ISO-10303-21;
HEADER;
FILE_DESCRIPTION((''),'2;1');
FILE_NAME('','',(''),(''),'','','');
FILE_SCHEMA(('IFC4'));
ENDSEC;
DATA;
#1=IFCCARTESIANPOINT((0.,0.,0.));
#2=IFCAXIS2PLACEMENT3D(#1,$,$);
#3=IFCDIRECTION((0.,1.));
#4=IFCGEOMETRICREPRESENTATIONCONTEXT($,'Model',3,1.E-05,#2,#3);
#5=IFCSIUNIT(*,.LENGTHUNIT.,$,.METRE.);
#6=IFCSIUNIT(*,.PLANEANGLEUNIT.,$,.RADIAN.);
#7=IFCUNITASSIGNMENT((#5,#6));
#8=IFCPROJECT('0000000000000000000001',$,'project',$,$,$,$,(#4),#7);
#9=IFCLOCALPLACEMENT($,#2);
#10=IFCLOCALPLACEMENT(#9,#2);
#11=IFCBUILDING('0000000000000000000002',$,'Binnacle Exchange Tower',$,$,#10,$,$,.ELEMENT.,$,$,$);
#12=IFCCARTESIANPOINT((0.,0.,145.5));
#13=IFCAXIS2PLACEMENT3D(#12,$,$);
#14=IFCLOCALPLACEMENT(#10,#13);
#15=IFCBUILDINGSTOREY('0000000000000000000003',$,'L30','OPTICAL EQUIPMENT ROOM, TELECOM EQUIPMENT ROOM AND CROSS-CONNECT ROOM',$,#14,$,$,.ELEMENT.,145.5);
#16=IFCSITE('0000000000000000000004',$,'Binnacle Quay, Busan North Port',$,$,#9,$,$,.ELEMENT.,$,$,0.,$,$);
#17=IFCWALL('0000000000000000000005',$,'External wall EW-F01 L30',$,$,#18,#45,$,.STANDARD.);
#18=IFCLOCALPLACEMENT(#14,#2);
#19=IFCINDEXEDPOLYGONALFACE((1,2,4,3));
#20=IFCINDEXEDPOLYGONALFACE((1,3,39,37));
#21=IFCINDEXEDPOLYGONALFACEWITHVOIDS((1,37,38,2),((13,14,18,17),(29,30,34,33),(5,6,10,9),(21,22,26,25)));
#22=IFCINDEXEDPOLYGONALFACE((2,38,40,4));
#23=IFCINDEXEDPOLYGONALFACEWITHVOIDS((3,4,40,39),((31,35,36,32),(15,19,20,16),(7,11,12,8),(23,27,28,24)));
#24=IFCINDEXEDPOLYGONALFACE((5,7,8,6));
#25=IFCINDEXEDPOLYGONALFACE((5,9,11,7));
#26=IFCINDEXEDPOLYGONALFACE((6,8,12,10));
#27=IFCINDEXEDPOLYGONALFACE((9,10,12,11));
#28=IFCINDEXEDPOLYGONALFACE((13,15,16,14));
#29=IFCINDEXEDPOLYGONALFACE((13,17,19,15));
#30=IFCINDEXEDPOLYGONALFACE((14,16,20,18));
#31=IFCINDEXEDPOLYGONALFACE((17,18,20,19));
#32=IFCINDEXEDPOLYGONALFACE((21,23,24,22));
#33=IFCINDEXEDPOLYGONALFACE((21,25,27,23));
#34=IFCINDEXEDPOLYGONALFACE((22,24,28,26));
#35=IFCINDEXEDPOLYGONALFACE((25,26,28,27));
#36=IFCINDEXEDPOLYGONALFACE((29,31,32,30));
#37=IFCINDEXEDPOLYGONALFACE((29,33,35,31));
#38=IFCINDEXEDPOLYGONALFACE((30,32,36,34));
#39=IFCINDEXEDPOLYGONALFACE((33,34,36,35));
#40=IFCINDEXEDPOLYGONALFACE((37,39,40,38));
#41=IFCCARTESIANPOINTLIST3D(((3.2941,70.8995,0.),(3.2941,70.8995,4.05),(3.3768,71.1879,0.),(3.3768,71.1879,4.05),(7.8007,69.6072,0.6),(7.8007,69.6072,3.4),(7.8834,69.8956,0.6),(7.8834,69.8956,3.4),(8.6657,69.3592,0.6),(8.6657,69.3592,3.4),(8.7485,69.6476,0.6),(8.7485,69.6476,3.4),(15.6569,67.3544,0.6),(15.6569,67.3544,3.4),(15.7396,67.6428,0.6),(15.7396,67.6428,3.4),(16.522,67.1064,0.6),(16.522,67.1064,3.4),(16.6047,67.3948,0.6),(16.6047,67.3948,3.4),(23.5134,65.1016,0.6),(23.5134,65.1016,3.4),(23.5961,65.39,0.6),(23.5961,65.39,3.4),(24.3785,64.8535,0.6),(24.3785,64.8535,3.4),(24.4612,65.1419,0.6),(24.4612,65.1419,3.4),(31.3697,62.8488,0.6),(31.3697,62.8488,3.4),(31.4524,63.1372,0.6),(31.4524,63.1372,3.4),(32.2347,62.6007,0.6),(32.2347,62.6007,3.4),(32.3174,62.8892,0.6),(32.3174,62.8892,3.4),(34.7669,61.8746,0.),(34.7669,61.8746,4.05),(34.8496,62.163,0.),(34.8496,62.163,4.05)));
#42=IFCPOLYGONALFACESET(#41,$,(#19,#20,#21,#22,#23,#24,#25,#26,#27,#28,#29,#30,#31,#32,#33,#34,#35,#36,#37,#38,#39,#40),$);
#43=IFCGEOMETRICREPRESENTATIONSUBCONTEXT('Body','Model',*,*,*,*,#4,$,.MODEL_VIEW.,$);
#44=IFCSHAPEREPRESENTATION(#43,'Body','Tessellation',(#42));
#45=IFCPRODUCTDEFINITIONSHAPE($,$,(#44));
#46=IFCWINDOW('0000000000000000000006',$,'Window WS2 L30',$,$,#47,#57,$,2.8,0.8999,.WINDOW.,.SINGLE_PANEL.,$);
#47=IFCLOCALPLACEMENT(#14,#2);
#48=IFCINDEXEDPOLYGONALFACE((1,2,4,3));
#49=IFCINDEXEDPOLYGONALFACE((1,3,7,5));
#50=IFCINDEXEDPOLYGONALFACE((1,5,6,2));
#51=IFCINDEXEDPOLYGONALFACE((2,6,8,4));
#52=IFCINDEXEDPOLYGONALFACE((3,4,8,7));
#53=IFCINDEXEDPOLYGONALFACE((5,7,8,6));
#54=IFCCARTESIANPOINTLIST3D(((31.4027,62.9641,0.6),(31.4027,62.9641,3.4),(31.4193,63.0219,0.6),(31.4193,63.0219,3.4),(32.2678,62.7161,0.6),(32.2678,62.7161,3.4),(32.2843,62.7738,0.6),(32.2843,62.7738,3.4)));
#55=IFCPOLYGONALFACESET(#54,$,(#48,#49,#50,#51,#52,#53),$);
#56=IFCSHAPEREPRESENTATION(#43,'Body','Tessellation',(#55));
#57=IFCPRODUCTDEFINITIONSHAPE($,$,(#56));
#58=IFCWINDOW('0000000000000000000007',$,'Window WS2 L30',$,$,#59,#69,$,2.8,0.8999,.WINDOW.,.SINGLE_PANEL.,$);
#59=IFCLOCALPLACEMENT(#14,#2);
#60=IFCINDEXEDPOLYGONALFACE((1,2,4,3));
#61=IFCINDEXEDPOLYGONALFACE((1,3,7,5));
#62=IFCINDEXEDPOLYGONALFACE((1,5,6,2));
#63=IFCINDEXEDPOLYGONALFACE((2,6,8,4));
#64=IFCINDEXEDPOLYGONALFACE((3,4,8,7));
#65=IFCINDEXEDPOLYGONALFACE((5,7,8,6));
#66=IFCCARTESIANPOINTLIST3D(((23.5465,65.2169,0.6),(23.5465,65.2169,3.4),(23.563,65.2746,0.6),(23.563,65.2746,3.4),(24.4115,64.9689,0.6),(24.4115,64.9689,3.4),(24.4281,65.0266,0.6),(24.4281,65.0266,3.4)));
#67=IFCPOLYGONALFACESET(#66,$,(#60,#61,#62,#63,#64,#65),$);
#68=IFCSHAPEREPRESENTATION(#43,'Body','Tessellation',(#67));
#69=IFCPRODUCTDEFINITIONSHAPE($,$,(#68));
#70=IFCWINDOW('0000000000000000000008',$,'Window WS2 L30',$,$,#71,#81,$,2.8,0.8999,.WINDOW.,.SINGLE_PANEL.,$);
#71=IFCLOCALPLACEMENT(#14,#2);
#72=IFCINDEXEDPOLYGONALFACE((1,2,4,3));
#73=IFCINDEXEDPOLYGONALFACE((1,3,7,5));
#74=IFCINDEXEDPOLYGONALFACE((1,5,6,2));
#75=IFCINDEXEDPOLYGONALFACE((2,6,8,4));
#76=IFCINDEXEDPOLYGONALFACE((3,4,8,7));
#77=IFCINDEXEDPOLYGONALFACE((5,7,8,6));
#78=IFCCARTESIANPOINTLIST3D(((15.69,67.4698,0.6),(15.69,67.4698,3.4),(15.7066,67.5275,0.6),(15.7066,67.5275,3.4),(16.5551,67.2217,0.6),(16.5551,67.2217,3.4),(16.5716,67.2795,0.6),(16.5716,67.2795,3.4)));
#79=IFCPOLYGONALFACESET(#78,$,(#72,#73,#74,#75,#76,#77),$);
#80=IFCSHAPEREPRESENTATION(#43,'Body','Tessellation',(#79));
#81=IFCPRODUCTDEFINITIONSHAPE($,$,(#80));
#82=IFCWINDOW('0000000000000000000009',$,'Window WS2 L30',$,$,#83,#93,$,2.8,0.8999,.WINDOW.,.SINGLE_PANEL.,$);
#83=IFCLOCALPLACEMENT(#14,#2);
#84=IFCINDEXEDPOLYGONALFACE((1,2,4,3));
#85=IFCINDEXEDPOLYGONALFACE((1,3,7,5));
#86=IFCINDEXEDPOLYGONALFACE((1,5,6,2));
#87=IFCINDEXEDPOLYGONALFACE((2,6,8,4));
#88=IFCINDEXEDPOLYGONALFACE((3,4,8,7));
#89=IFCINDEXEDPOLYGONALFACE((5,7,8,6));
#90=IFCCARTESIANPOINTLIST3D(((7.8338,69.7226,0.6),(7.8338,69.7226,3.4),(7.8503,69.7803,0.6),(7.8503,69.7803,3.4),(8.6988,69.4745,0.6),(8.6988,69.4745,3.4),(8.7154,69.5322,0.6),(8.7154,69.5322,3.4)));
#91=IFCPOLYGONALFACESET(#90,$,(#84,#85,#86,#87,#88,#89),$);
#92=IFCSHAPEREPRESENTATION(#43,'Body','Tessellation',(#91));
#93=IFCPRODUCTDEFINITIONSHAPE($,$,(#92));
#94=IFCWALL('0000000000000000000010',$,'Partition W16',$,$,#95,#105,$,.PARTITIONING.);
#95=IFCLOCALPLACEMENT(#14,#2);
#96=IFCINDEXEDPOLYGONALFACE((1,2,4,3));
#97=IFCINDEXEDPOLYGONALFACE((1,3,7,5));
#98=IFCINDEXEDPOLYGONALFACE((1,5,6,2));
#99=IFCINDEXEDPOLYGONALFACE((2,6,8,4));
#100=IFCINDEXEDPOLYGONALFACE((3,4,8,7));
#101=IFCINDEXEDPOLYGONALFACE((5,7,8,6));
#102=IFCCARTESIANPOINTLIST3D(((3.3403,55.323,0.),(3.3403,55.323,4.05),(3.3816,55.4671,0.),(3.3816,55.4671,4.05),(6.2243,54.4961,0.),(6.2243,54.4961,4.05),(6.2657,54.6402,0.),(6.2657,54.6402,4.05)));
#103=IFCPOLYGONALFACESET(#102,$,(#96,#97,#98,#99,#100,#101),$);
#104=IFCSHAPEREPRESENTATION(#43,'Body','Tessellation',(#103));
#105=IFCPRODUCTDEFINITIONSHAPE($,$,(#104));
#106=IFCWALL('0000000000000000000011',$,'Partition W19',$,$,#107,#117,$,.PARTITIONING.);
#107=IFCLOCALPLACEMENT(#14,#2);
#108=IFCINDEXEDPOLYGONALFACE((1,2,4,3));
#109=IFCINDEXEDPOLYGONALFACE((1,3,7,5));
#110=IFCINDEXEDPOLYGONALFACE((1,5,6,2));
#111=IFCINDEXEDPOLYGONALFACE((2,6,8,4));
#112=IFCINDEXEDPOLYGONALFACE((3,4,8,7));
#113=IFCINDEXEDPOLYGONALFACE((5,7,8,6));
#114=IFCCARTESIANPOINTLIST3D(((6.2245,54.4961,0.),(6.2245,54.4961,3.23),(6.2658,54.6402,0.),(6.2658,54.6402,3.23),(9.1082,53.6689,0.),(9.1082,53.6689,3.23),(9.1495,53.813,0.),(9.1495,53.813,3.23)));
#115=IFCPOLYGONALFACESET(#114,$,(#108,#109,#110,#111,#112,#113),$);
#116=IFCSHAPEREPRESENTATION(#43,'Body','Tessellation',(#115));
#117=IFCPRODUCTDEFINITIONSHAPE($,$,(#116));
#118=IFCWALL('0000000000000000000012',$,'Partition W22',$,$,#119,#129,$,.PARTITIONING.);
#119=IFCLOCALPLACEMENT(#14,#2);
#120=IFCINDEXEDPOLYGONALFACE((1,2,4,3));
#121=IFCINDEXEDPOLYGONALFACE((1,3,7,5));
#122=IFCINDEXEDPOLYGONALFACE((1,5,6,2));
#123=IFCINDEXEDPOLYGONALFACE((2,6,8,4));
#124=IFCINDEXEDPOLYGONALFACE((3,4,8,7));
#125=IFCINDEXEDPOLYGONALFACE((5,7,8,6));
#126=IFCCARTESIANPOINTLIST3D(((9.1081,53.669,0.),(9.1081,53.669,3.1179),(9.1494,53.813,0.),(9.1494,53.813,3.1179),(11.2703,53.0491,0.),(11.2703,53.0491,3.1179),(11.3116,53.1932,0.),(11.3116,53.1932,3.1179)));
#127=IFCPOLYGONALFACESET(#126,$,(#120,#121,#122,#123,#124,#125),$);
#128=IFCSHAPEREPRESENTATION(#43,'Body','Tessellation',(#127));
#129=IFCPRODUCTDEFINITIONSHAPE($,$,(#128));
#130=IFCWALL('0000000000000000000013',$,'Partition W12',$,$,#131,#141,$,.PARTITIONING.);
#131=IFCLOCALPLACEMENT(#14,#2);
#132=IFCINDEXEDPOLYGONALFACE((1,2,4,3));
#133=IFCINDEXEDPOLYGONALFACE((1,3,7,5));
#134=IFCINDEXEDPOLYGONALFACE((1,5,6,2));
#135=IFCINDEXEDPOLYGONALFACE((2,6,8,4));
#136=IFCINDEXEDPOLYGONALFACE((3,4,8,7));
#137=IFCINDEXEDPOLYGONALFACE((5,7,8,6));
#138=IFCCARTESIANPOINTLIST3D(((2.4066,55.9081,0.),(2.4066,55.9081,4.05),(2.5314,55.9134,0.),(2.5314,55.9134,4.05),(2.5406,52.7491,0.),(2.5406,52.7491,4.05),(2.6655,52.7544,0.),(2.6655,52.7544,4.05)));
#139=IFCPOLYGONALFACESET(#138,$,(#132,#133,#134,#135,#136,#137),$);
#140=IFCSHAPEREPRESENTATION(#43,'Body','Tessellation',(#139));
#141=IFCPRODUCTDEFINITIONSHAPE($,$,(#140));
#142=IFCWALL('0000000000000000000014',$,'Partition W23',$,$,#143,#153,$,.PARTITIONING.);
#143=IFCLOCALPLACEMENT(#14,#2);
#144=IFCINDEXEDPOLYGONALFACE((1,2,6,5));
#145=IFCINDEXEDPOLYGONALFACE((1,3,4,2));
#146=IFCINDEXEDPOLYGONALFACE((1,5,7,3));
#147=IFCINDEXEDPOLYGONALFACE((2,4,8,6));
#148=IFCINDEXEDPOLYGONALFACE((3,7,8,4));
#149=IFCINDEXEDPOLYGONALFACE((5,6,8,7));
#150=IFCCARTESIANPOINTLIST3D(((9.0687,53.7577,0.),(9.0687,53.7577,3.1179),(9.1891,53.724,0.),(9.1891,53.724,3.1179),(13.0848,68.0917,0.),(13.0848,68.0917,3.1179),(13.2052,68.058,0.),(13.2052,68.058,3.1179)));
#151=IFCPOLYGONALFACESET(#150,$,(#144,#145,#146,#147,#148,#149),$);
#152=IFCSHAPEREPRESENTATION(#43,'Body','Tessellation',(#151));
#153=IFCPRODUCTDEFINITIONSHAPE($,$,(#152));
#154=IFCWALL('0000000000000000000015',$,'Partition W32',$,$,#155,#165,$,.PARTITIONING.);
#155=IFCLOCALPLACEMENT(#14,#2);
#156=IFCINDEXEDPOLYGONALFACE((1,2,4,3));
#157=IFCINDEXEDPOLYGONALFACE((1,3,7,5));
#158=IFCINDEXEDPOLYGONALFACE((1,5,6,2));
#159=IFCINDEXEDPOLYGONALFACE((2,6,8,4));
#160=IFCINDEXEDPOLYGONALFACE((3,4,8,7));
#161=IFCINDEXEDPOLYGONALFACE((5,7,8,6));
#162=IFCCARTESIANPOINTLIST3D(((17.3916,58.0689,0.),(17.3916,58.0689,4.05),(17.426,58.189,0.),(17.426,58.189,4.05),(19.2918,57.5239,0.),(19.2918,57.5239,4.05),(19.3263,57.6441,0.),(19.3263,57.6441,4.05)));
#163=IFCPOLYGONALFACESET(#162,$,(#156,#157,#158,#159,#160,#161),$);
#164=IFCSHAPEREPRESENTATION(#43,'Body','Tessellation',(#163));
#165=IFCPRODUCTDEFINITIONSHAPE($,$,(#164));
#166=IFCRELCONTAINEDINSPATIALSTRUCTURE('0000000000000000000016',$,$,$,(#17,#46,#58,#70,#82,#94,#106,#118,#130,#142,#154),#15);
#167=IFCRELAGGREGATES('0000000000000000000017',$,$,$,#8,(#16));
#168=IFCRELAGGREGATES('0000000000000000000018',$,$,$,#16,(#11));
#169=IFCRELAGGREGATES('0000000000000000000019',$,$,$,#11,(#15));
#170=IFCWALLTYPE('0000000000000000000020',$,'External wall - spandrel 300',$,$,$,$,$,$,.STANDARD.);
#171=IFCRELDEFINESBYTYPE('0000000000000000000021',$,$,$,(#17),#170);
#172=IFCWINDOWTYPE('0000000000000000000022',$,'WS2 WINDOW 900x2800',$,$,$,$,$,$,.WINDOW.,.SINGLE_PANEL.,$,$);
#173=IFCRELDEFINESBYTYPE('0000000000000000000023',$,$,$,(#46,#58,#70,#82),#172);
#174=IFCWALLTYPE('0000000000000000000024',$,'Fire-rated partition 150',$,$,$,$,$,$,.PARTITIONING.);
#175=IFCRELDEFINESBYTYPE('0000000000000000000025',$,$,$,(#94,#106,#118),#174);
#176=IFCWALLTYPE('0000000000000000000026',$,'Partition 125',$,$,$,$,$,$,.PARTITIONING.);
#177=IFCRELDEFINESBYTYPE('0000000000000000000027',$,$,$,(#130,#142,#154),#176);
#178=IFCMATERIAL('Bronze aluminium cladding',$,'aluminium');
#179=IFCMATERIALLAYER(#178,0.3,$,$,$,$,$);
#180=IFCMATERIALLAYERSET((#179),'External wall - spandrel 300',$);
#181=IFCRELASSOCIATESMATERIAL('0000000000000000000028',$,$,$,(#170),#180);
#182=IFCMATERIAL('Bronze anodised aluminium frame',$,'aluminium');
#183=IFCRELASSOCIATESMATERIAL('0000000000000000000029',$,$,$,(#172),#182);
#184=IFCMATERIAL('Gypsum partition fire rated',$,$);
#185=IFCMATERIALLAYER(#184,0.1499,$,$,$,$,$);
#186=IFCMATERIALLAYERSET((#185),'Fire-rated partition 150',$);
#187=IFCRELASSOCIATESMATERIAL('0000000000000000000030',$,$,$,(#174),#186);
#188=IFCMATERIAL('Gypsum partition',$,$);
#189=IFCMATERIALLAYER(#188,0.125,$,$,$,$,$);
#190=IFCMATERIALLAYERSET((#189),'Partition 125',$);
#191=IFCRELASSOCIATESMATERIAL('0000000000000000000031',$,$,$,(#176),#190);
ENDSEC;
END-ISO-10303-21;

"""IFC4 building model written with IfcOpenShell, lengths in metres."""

from ifc_helpers import new_model, si_unit, direction, frame, frame_2d, origin, place, context, subcontext, project, spatial, rectangle, extrude, material, layer, layer_set, type_object, element, fill, save


model = new_model("IFC4")

# Units and contexts
model_context = context("Model", 3, precision=1e-05, world=origin(), true_north=direction((0.0, 1.0)))
body_context = subcontext(model_context, "Body", "Model", "MODEL_VIEW")
ifc_project = project(units=[si_unit("LENGTHUNIT", "METRE"), si_unit("PLANEANGLEUNIT", "RADIAN")], contexts=[model_context])

# Site, building, storey
site_placement = place(None, origin())
site = spatial("IfcSite", under=ifc_project, at=site_placement, Name="Binnacle Quay, Busan North Port", CompositionType="ELEMENT", RefElevation=0.0)
building_placement = place(site_placement, origin())
building = spatial("IfcBuilding", under=site, at=building_placement, Name="Binnacle Exchange Tower", CompositionType="ELEMENT")
storey_placement = place(building_placement, frame((0.0, 0.0, 145.5)))
storey = spatial("IfcBuildingStorey", under=building, at=storey_placement, Name="L30", Description="OPTICAL EQUIPMENT ROOM, TELECOM EQUIPMENT ROOM AND CROSS-CONNECT ROOM", CompositionType="ELEMENT", Elevation=145.5)

# Wall, openings, windows
ifc_material_1 = material(Name="Bronze aluminium cladding", Category="aluminium")
ifc_layer_1 = layer(ifc_material_1, 0.3)
ifc_layer_set_1 = layer_set([ifc_layer_1], Name="External wall - spandrel 300")
wall_type_1 = type_object("IfcWallType", Name="External wall - spandrel 300", PredefinedType="STANDARD", material=ifc_layer_set_1)
wall_1_placement = place(storey_placement, frame((3.3354, 71.0437, 0.0), z_axis=(0.0, 0.0, 1.0), x_axis=(0.96126, -0.275643, 0.0)))
wall_1 = element("IfcWall", 1, at=wall_1_placement, inside=storey, type_object=wall_type_1, Name="External wall EW-F01 L30", PredefinedType="STANDARD", context=body_context, shape_type="SweptSolid", body=[
    extrude(rectangle(XDim=32.7412, YDim=0.3, at=frame_2d((16.3706, 0.0))), origin(), (0.0, 0.0, 1.0), 4.05),
])
opening_1_placement = place(wall_1_placement, frame((29.207, 0.0, 0.6001)))
opening_1 = element("IfcOpeningElement", 2, at=opening_1_placement, cuts=wall_1, PredefinedType="OPENING", context=body_context, shape_type="SweptSolid", body=[
    extrude(rectangle(XDim=0.8999, YDim=2.8, at=frame_2d((0.45, 1.3999))), frame((0.0, 0.1599, 0.0), z_axis=(0.0, -1.0, 0.0), x_axis=(1.0, 0.0, 0.0)), (0.0, 0.0, 1.0), 0.3201),
])
opening_2_placement = place(wall_1_placement, frame((21.0342, 0.0, 0.6001)))
opening_2 = element("IfcOpeningElement", 3, at=opening_2_placement, cuts=wall_1, PredefinedType="OPENING", context=body_context, shape_type="SweptSolid", body=[
    extrude(rectangle(XDim=0.8999, YDim=2.8, at=frame_2d((0.45, 1.3999))), frame((0.0, 0.1599, 0.0), z_axis=(0.0, -1.0, 0.0), x_axis=(1.0, 0.0, 0.0)), (0.0, 0.0, 1.0), 0.3201),
])
opening_3_placement = place(wall_1_placement, frame((12.8611, 0.0, 0.6001)))
opening_3 = element("IfcOpeningElement", 4, at=opening_3_placement, cuts=wall_1, PredefinedType="OPENING", context=body_context, shape_type="SweptSolid", body=[
    extrude(rectangle(XDim=0.8999, YDim=2.8, at=frame_2d((0.45, 1.3999))), frame((0.0, 0.1599, 0.0), z_axis=(0.0, -1.0, 0.0), x_axis=(1.0, 0.0, 0.0)), (0.0, 0.0, 1.0), 0.3201),
])
opening_4_placement = place(wall_1_placement, frame((4.6882, 0.0, 0.6001)))
opening_4 = element("IfcOpeningElement", 5, at=opening_4_placement, cuts=wall_1, PredefinedType="OPENING", context=body_context, shape_type="SweptSolid", body=[
    extrude(rectangle(XDim=0.8999, YDim=2.8, at=frame_2d((0.45, 1.3999))), frame((0.0, 0.1599, 0.0), z_axis=(0.0, -1.0, 0.0), x_axis=(1.0, 0.0, 0.0)), (0.0, 0.0, 1.0), 0.3201),
])
ifc_material_2 = material(Name="Bronze anodised aluminium frame", Category="aluminium")
window_type = type_object("IfcWindowType", Name="WS2 WINDOW 900x2800", PartitioningType="SINGLE_PANEL", PredefinedType="WINDOW", material=ifc_material_2)
window_1_placement = place(opening_1_placement, origin())
window_1 = element("IfcWindow", 6, at=window_1_placement, inside=storey, type_object=window_type, Name="Window WS2 L30", OverallHeight=2.8, OverallWidth=0.8999, PartitioningType="SINGLE_PANEL", PredefinedType="WINDOW", context=body_context, shape_type="SweptSolid", body=[
    extrude(rectangle(XDim=0.8999, YDim=2.8, at=frame_2d((0.45, 1.3999))), frame((0.0, 0.03, 0.0), z_axis=(0.0, -1.0, 0.0), x_axis=(1.0, 0.0, 0.0)), (0.0, 0.0, 1.0), 0.0601),
])
fill(opening_1, window_1)
window_2_placement = place(opening_2_placement, origin())
window_2 = element("IfcWindow", 7, at=window_2_placement, inside=storey, type_object=window_type, Name="Window WS2 L30", OverallHeight=2.8, OverallWidth=0.8999, PartitioningType="SINGLE_PANEL", PredefinedType="WINDOW", context=body_context, shape_type="SweptSolid", body=[
    extrude(rectangle(XDim=0.8999, YDim=2.8, at=frame_2d((0.45, 1.3999))), frame((0.0, 0.03, 0.0), z_axis=(0.0, -1.0, 0.0), x_axis=(1.0, 0.0, 0.0)), (0.0, 0.0, 1.0), 0.0601),
])
fill(opening_2, window_2)
window_3_placement = place(opening_3_placement, origin())
window_3 = element("IfcWindow", 8, at=window_3_placement, inside=storey, type_object=window_type, Name="Window WS2 L30", OverallHeight=2.8, OverallWidth=0.8999, PartitioningType="SINGLE_PANEL", PredefinedType="WINDOW", context=body_context, shape_type="SweptSolid", body=[
    extrude(rectangle(XDim=0.8999, YDim=2.8, at=frame_2d((0.45, 1.3999))), frame((0.0, 0.03, 0.0), z_axis=(0.0, -1.0, 0.0), x_axis=(1.0, 0.0, 0.0)), (0.0, 0.0, 1.0), 0.0601),
])
fill(opening_3, window_3)
window_4_placement = place(opening_4_placement, origin())
window_4 = element("IfcWindow", 9, at=window_4_placement, inside=storey, type_object=window_type, Name="Window WS2 L30", OverallHeight=2.8, OverallWidth=0.8999, PartitioningType="SINGLE_PANEL", PredefinedType="WINDOW", context=body_context, shape_type="SweptSolid", body=[
    extrude(rectangle(XDim=0.8999, YDim=2.8, at=frame_2d((0.45, 1.3999))), frame((0.0, 0.03, 0.0), z_axis=(0.0, -1.0, 0.0), x_axis=(1.0, 0.0, 0.0)), (0.0, 0.0, 1.0), 0.0601),
])
fill(opening_4, window_4)

# Walls
ifc_material_3 = material(Name="Gypsum partition fire rated")
ifc_layer_2 = layer(ifc_material_3, 0.1499)
ifc_layer_set_2 = layer_set([ifc_layer_2], Name="Fire-rated partition 150")
wall_type_2 = type_object("IfcWallType", Name="Fire-rated partition 150", PredefinedType="PARTITIONING", material=ifc_layer_set_2)
wall_2_placement = place(storey_placement, frame((3.3611, 55.395, 0.0), z_axis=(0.0, 0.0, 1.0), x_axis=(0.961269, -0.275613, 0.0)))
element("IfcWall", 10, at=wall_2_placement, inside=storey, type_object=wall_type_2, Name="Partition W16", PredefinedType="PARTITIONING", context=body_context, shape_type="SweptSolid", body=[
    extrude(rectangle(XDim=3.0002, YDim=0.1499, at=frame_2d((1.5, 0.0))), origin(), (0.0, 0.0, 1.0), 4.05),
])
wall_3_placement = place(storey_placement, frame((6.2451, 54.5681, 0.0), z_axis=(0.0, 0.0, 1.0), x_axis=(0.961241, -0.27571, 0.0)))
element("IfcWall", 11, at=wall_3_placement, inside=storey, type_object=wall_type_2, Name="Partition W19", PredefinedType="PARTITIONING", context=body_context, shape_type="SweptSolid", body=[
    extrude(rectangle(XDim=3.0, YDim=0.1499, at=frame_2d((1.5, 0.0))), origin(), (0.0, 0.0, 1.0), 3.23),
])
wall_4_placement = place(storey_placement, frame((9.1289, 53.741, 0.0), z_axis=(0.0, 0.0, 1.0), x_axis=(0.961274, -0.275596, 0.0)))
element("IfcWall", 12, at=wall_4_placement, inside=storey, type_object=wall_type_2, Name="Partition W22", PredefinedType="PARTITIONING", context=body_context, shape_type="SweptSolid", body=[
    extrude(rectangle(XDim=2.2493, YDim=0.1499, at=frame_2d((1.1245, 0.0))), origin(), (0.0, 0.0, 1.0), 3.1179),
])
ifc_material_4 = material(Name="Gypsum partition")
ifc_layer_3 = layer(ifc_material_4, 0.125)
ifc_layer_set_3 = layer_set([ifc_layer_3], Name="Partition 125")
wall_type_3 = type_object("IfcWallType", Name="Partition 125", PredefinedType="PARTITIONING", material=ifc_layer_set_3)
wall_5_placement = place(storey_placement, frame((2.469, 55.9109, 0.0), z_axis=(0.0, 0.0, 1.0), x_axis=(0.042392, -0.999101, 0.0)))
element("IfcWall", 13, at=wall_5_placement, inside=storey, type_object=wall_type_3, Name="Partition W12", PredefinedType="PARTITIONING", context=body_context, shape_type="SweptSolid", body=[
    extrude(rectangle(XDim=3.1619, YDim=0.125, at=frame_2d((1.5811, 0.0))), origin(), (0.0, 0.0, 1.0), 4.05),
])
wall_6_placement = place(storey_placement, frame((9.1289, 53.741, 0.0), z_axis=(0.0, 0.0, 1.0), x_axis=(0.269792, 0.962919, 0.0)))
element("IfcWall", 14, at=wall_6_placement, inside=storey, type_object=wall_type_3, Name="Partition W23", PredefinedType="PARTITIONING", context=body_context, shape_type="SweptSolid", body=[
    extrude(rectangle(XDim=14.886, YDim=0.125, at=frame_2d((7.4429, 0.0))), origin(), (0.0, 0.0, 1.0), 3.1179),
])
wall_7_placement = place(storey_placement, frame((17.4089, 58.1289, 0.0), z_axis=(0.0, 0.0, 1.0), x_axis=(0.961253, -0.275667, 0.0)))
element("IfcWall", 15, at=wall_7_placement, inside=storey, type_object=wall_type_3, Name="Partition W32", PredefinedType="PARTITIONING", context=body_context, shape_type="SweptSolid", body=[
    extrude(rectangle(XDim=1.9768, YDim=0.125, at=frame_2d((0.9883, 0.0))), origin(), (0.0, 0.0, 1.0), 4.05),
])

save(model, "model.ifc")
